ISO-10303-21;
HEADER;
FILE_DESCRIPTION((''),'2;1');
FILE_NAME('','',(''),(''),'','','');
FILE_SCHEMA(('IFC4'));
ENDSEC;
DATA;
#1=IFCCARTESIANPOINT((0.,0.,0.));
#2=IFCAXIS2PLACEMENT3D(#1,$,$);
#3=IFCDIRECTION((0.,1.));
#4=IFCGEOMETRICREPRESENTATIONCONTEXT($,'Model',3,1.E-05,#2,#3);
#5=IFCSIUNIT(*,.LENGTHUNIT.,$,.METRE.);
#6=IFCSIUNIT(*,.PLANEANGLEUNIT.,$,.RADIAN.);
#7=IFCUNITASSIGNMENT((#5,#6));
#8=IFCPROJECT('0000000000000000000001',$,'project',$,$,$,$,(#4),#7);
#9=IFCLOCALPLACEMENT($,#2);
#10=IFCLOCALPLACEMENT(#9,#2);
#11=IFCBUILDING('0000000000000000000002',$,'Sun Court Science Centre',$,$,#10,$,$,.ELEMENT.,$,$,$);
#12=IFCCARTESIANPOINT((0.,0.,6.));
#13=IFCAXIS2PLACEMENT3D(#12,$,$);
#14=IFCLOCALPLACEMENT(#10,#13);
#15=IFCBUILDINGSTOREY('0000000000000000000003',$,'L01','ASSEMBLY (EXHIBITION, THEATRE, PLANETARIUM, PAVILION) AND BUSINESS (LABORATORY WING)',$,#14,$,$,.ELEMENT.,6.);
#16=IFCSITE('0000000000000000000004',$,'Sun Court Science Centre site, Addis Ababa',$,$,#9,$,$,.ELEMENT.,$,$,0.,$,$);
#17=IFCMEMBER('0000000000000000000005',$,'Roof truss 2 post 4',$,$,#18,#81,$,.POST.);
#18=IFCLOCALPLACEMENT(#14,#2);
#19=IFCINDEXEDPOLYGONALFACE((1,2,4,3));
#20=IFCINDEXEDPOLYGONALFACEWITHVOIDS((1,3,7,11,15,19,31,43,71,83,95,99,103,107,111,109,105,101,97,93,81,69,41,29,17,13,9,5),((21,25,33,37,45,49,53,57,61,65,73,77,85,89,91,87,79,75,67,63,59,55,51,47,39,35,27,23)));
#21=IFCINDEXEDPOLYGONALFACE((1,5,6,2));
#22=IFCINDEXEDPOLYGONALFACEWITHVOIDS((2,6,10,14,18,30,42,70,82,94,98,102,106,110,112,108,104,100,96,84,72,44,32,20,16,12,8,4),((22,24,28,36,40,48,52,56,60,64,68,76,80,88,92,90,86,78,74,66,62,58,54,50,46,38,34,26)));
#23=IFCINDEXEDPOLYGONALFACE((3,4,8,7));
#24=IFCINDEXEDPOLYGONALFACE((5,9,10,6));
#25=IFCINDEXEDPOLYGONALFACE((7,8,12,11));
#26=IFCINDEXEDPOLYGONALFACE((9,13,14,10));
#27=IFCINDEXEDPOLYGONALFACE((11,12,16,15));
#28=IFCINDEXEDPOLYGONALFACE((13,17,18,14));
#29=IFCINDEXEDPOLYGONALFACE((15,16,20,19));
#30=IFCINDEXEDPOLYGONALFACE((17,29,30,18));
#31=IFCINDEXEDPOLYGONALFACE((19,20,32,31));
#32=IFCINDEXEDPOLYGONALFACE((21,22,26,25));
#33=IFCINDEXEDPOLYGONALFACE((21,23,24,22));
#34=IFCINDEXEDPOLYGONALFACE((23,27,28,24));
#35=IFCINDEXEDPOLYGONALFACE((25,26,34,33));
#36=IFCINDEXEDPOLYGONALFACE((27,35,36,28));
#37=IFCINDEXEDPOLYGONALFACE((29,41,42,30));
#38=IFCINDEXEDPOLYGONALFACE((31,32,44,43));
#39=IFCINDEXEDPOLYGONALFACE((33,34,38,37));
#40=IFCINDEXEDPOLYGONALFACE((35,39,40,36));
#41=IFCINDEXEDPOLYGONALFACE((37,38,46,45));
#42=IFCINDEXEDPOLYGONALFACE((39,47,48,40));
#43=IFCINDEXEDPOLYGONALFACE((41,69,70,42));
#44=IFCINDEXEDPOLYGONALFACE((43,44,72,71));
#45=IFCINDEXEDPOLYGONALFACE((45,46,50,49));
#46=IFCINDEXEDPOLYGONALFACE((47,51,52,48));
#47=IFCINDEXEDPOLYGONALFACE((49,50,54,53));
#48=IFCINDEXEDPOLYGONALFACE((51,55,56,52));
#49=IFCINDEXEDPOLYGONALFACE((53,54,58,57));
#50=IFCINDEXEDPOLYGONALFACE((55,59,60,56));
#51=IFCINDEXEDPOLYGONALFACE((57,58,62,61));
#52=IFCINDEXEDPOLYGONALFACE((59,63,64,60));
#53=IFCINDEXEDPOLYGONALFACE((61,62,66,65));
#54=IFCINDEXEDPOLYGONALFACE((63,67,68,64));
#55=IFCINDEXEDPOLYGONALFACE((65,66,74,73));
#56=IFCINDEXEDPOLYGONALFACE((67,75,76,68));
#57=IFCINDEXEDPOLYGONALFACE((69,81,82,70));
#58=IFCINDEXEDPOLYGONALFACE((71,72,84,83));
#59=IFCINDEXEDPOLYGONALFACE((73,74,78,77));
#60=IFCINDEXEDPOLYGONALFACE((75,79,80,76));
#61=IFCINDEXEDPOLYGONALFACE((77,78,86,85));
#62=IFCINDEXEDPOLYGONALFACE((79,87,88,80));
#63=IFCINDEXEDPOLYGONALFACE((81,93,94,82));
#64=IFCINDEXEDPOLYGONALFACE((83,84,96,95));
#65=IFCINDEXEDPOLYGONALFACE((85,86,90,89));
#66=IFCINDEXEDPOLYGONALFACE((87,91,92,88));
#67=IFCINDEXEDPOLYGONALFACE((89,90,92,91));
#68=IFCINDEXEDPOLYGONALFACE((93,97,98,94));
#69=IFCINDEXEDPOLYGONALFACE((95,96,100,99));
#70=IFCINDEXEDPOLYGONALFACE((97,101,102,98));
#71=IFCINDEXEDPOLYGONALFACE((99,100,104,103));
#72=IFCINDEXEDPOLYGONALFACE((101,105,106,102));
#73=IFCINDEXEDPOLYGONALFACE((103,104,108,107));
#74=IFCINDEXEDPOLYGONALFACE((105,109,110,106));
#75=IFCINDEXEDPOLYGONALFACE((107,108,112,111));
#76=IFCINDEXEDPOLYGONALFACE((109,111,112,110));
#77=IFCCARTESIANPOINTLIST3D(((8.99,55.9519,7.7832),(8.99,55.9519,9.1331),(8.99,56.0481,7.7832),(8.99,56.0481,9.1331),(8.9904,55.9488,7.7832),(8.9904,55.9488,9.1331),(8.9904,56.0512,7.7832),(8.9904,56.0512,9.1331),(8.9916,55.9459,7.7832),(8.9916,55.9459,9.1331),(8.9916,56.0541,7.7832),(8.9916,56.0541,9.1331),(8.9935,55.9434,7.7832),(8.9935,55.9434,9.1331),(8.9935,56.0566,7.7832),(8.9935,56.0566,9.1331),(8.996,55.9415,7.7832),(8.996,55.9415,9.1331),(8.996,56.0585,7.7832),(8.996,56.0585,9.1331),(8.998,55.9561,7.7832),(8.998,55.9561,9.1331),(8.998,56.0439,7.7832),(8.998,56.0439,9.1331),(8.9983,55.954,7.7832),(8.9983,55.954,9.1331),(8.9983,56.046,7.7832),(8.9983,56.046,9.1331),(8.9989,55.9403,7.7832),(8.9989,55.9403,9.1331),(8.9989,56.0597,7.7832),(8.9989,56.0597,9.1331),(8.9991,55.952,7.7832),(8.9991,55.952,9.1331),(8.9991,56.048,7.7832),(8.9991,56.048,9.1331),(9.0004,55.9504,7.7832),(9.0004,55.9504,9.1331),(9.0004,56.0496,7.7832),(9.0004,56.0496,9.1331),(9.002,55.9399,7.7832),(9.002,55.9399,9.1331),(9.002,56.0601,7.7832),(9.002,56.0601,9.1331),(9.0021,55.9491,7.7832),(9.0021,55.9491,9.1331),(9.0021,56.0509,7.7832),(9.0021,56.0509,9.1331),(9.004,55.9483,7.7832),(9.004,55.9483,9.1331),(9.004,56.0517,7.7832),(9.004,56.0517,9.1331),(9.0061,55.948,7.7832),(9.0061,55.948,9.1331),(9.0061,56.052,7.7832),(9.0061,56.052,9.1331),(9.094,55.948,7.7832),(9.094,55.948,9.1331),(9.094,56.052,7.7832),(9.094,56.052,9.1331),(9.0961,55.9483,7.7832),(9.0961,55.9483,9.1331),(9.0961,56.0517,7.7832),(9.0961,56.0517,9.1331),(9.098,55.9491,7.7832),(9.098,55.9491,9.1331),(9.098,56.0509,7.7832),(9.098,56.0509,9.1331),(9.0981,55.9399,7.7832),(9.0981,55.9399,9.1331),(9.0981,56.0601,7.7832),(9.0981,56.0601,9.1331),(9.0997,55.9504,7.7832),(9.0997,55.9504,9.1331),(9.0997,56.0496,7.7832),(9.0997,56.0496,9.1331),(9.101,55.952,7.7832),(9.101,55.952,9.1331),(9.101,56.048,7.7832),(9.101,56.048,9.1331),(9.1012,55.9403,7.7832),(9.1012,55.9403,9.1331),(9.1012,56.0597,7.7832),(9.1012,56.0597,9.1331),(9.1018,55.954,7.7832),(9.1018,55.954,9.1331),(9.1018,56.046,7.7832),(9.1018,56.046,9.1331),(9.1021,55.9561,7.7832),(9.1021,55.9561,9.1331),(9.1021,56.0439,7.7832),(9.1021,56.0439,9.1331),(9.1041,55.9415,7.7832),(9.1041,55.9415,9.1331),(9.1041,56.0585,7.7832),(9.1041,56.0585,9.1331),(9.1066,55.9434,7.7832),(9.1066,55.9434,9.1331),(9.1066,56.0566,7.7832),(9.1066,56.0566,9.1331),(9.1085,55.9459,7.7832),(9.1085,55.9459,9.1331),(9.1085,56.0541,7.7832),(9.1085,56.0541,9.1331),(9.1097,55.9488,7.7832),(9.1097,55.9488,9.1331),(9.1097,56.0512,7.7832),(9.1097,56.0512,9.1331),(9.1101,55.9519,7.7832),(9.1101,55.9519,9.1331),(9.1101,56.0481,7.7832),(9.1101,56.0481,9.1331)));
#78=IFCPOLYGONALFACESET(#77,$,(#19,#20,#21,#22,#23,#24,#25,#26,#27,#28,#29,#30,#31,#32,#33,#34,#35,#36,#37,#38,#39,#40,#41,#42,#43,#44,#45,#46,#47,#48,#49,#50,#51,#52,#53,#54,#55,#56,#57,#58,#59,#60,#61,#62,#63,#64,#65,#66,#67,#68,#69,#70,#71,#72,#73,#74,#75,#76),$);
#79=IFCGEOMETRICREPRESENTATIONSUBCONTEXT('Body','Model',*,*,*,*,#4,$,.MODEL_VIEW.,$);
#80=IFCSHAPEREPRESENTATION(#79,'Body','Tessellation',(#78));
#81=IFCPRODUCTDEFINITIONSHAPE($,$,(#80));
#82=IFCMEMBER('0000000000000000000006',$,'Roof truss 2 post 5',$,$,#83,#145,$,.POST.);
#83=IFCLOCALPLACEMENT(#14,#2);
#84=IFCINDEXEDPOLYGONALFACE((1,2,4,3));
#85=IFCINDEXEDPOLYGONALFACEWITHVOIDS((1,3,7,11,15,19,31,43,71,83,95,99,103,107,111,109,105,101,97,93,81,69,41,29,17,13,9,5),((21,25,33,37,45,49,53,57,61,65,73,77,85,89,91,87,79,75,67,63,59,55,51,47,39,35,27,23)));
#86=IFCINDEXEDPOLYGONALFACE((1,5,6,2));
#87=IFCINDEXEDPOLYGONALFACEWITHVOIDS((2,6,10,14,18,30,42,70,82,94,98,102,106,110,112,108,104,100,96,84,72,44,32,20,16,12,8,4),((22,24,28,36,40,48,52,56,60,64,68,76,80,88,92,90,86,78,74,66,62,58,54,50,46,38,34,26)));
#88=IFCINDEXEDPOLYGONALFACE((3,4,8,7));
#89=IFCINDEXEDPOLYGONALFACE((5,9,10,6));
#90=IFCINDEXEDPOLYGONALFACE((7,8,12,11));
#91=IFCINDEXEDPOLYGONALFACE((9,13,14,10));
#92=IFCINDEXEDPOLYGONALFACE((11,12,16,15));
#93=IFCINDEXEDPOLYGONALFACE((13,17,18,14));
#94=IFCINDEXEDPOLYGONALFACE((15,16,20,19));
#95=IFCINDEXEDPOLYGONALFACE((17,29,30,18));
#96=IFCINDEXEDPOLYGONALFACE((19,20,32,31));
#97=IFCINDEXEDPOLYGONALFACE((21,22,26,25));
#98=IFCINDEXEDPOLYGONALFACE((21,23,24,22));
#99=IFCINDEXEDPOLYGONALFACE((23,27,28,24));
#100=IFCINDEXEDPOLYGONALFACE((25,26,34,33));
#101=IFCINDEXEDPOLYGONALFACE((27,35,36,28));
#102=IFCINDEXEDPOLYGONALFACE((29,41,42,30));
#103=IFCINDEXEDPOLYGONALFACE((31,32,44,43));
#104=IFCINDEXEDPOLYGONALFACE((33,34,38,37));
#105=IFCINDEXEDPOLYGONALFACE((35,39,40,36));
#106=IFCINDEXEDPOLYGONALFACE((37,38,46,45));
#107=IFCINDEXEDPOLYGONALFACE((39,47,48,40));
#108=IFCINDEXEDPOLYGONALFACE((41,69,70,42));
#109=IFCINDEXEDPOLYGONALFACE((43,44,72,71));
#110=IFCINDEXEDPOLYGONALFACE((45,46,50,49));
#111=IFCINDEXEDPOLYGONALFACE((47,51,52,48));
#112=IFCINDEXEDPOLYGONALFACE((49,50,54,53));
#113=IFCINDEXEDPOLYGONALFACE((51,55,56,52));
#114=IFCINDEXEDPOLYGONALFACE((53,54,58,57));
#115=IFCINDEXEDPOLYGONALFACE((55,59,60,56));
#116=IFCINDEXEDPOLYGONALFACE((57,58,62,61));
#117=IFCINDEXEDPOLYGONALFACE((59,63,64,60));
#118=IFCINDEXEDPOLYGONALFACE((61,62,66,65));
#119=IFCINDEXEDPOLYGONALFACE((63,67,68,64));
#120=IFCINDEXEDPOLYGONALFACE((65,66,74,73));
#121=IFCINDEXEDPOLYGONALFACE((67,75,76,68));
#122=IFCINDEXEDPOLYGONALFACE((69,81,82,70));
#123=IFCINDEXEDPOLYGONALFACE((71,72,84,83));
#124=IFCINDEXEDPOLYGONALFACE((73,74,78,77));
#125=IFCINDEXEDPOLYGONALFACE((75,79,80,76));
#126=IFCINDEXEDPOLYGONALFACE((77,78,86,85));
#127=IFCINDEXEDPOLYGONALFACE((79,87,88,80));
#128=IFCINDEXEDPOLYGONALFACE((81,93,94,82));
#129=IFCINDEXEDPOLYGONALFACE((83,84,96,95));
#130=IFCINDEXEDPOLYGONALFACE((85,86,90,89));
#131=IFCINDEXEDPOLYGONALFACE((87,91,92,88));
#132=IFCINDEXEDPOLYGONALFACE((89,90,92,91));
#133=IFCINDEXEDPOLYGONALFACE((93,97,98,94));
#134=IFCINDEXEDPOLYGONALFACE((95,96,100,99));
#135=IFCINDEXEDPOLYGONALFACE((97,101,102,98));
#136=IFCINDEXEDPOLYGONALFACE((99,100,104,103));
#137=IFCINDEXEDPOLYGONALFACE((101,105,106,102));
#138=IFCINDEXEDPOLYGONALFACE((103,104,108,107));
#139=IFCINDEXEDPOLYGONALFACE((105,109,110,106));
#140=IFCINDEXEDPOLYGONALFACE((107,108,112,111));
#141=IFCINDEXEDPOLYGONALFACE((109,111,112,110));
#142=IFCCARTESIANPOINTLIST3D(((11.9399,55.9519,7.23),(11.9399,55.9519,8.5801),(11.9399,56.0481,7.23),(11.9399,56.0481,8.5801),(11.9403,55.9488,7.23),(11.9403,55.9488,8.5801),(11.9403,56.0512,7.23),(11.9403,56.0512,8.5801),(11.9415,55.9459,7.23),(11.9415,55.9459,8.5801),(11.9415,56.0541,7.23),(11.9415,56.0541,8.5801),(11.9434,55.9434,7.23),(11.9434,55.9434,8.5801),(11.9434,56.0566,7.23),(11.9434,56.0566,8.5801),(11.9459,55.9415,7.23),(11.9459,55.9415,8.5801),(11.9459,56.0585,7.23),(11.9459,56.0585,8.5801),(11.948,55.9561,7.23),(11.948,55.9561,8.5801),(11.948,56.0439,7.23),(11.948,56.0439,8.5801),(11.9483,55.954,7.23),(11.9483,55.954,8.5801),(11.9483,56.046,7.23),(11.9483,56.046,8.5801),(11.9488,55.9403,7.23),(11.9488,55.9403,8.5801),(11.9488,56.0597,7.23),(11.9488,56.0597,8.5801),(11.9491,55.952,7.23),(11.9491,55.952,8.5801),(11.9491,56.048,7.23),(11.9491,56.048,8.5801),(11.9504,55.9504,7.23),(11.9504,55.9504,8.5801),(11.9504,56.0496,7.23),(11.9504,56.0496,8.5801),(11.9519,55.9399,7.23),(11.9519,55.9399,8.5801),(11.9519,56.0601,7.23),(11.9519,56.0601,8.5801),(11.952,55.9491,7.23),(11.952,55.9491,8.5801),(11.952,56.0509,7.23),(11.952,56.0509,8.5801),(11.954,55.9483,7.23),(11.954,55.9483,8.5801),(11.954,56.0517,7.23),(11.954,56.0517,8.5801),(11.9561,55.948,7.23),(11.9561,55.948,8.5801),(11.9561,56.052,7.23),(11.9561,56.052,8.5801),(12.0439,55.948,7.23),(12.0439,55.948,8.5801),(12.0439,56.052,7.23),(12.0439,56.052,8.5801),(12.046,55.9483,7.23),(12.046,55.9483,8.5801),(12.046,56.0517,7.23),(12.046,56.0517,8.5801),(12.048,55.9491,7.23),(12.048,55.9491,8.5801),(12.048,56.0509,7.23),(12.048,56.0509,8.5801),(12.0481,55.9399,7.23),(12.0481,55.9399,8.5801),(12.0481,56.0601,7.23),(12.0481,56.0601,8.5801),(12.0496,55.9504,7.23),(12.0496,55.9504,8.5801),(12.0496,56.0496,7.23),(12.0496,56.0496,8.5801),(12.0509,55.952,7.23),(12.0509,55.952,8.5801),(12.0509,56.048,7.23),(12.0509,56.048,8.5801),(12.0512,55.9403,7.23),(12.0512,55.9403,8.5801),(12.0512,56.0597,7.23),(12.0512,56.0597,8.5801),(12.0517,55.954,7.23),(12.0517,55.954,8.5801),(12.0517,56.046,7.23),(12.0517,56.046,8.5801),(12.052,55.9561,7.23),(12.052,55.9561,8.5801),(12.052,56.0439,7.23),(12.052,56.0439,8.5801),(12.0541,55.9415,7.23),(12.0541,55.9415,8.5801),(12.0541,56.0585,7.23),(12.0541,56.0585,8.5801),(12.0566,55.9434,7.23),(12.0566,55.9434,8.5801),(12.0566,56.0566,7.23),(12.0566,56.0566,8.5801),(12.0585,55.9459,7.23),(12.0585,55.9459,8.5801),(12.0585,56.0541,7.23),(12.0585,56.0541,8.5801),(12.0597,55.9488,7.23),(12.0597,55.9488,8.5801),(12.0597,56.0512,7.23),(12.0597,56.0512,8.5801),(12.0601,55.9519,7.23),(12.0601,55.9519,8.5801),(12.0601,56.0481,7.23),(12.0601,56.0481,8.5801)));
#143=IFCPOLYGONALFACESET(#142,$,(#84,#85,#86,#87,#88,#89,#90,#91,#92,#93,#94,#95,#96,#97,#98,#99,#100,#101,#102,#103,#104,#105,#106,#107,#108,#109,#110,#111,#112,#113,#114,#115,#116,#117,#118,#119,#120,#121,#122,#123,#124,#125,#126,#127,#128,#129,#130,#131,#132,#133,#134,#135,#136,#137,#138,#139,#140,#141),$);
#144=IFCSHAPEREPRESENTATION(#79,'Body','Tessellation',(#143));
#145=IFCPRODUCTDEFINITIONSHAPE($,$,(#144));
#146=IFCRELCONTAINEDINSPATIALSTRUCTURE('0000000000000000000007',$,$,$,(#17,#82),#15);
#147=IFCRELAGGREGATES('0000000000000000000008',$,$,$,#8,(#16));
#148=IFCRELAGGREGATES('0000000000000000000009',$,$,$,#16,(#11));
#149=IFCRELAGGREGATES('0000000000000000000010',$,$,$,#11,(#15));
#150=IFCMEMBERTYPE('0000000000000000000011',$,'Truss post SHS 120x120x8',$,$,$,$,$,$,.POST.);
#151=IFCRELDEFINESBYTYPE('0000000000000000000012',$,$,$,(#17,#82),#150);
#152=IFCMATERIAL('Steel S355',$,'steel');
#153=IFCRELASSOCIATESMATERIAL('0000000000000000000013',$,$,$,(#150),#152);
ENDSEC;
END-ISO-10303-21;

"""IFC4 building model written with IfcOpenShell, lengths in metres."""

from ifc_helpers import new_model, si_unit, direction, frame, origin, origin_2d, place, context, subcontext, project, spatial, hollow_rectangle, extrude, material, material_profile, profile_set, type_object, element, save


model = new_model("IFC4")

# Units and contexts
model_context = context("Model", 3, precision=1e-05, world=origin(), true_north=direction((0.0, 1.0)))
body_context = subcontext(model_context, "Body", "Model", "MODEL_VIEW")
ifc_project = project(units=[si_unit("LENGTHUNIT", "METRE"), si_unit("PLANEANGLEUNIT", "RADIAN")], contexts=[model_context])

# Site, building, storey
site_placement = place(None, origin())
site = spatial("IfcSite", under=ifc_project, at=site_placement, Name="Sun Court Science Centre site, Addis Ababa", CompositionType="ELEMENT", RefElevation=0.0)
building_placement = place(site_placement, origin())
building = spatial("IfcBuilding", under=site, at=building_placement, Name="Sun Court Science Centre", CompositionType="ELEMENT")
storey_placement = place(building_placement, frame((0.0, 0.0, 6.0)))
storey = spatial("IfcBuildingStorey", under=building, at=storey_placement, Name="L01", Description="ASSEMBLY (EXHIBITION, THEATRE, PLANETARIUM, PAVILION) AND BUSINESS (LABORATORY WING)", CompositionType="ELEMENT", Elevation=6.0)

# Members
ifc_material_1 = material(Name="Steel S355", Category="steel")
ifc_material_profile_1 = material_profile(ifc_material_1, hollow_rectangle(XDim=0.1201, YDim=0.1201, WallThickness=0.0081, InnerFilletRadius=0.0081, OuterFilletRadius=0.012, at=origin_2d()), Name="SHS 120x120x8")
ifc_profile_set_1 = profile_set([ifc_material_profile_1], Name="Steel S355")
member_type_1 = type_object("IfcMemberType", Name="Truss post SHS 120x120x8", PredefinedType="POST", material=ifc_profile_set_1)
member_1_placement = place(storey_placement, frame((9.05, 56.0, 7.7832), z_axis=(0.0, 0.0, 1.0), x_axis=(1.0, 0.0, 0.0)))
element("IfcMember", 1, at=member_1_placement, inside=storey, type_object=member_type_1, Name="Roof truss 2 post 4", PredefinedType="POST", context=body_context, shape_type="SweptSolid", body=[
    extrude(hollow_rectangle(XDim=0.1201, YDim=0.1201, WallThickness=0.0081, InnerFilletRadius=0.0081, OuterFilletRadius=0.012, at=origin_2d()), origin(), (0.0, 0.0, 1.0), 1.3499),
])
for number, where, z_axis, x_axis, name in (
    (2, (12.0, 56.0, 7.23), (0.0, 0.0, 1.0), (1.0, 0.0, 0.0), "Roof truss 2 post 5"),
):
    element("IfcMember", number, at=place(storey_placement, frame(where, z_axis=z_axis, x_axis=x_axis)), inside=storey, type_object=member_type_1, Name=name, PredefinedType="POST", context=body_context, shape_type="SweptSolid", body=[
        extrude(hollow_rectangle(XDim=0.1201, YDim=0.1201, WallThickness=0.0081, InnerFilletRadius=0.0081, OuterFilletRadius=0.012, at=origin_2d()), origin(), (0.0, 0.0, 1.0), 1.3501),
    ])

save(model, "model.ifc")
